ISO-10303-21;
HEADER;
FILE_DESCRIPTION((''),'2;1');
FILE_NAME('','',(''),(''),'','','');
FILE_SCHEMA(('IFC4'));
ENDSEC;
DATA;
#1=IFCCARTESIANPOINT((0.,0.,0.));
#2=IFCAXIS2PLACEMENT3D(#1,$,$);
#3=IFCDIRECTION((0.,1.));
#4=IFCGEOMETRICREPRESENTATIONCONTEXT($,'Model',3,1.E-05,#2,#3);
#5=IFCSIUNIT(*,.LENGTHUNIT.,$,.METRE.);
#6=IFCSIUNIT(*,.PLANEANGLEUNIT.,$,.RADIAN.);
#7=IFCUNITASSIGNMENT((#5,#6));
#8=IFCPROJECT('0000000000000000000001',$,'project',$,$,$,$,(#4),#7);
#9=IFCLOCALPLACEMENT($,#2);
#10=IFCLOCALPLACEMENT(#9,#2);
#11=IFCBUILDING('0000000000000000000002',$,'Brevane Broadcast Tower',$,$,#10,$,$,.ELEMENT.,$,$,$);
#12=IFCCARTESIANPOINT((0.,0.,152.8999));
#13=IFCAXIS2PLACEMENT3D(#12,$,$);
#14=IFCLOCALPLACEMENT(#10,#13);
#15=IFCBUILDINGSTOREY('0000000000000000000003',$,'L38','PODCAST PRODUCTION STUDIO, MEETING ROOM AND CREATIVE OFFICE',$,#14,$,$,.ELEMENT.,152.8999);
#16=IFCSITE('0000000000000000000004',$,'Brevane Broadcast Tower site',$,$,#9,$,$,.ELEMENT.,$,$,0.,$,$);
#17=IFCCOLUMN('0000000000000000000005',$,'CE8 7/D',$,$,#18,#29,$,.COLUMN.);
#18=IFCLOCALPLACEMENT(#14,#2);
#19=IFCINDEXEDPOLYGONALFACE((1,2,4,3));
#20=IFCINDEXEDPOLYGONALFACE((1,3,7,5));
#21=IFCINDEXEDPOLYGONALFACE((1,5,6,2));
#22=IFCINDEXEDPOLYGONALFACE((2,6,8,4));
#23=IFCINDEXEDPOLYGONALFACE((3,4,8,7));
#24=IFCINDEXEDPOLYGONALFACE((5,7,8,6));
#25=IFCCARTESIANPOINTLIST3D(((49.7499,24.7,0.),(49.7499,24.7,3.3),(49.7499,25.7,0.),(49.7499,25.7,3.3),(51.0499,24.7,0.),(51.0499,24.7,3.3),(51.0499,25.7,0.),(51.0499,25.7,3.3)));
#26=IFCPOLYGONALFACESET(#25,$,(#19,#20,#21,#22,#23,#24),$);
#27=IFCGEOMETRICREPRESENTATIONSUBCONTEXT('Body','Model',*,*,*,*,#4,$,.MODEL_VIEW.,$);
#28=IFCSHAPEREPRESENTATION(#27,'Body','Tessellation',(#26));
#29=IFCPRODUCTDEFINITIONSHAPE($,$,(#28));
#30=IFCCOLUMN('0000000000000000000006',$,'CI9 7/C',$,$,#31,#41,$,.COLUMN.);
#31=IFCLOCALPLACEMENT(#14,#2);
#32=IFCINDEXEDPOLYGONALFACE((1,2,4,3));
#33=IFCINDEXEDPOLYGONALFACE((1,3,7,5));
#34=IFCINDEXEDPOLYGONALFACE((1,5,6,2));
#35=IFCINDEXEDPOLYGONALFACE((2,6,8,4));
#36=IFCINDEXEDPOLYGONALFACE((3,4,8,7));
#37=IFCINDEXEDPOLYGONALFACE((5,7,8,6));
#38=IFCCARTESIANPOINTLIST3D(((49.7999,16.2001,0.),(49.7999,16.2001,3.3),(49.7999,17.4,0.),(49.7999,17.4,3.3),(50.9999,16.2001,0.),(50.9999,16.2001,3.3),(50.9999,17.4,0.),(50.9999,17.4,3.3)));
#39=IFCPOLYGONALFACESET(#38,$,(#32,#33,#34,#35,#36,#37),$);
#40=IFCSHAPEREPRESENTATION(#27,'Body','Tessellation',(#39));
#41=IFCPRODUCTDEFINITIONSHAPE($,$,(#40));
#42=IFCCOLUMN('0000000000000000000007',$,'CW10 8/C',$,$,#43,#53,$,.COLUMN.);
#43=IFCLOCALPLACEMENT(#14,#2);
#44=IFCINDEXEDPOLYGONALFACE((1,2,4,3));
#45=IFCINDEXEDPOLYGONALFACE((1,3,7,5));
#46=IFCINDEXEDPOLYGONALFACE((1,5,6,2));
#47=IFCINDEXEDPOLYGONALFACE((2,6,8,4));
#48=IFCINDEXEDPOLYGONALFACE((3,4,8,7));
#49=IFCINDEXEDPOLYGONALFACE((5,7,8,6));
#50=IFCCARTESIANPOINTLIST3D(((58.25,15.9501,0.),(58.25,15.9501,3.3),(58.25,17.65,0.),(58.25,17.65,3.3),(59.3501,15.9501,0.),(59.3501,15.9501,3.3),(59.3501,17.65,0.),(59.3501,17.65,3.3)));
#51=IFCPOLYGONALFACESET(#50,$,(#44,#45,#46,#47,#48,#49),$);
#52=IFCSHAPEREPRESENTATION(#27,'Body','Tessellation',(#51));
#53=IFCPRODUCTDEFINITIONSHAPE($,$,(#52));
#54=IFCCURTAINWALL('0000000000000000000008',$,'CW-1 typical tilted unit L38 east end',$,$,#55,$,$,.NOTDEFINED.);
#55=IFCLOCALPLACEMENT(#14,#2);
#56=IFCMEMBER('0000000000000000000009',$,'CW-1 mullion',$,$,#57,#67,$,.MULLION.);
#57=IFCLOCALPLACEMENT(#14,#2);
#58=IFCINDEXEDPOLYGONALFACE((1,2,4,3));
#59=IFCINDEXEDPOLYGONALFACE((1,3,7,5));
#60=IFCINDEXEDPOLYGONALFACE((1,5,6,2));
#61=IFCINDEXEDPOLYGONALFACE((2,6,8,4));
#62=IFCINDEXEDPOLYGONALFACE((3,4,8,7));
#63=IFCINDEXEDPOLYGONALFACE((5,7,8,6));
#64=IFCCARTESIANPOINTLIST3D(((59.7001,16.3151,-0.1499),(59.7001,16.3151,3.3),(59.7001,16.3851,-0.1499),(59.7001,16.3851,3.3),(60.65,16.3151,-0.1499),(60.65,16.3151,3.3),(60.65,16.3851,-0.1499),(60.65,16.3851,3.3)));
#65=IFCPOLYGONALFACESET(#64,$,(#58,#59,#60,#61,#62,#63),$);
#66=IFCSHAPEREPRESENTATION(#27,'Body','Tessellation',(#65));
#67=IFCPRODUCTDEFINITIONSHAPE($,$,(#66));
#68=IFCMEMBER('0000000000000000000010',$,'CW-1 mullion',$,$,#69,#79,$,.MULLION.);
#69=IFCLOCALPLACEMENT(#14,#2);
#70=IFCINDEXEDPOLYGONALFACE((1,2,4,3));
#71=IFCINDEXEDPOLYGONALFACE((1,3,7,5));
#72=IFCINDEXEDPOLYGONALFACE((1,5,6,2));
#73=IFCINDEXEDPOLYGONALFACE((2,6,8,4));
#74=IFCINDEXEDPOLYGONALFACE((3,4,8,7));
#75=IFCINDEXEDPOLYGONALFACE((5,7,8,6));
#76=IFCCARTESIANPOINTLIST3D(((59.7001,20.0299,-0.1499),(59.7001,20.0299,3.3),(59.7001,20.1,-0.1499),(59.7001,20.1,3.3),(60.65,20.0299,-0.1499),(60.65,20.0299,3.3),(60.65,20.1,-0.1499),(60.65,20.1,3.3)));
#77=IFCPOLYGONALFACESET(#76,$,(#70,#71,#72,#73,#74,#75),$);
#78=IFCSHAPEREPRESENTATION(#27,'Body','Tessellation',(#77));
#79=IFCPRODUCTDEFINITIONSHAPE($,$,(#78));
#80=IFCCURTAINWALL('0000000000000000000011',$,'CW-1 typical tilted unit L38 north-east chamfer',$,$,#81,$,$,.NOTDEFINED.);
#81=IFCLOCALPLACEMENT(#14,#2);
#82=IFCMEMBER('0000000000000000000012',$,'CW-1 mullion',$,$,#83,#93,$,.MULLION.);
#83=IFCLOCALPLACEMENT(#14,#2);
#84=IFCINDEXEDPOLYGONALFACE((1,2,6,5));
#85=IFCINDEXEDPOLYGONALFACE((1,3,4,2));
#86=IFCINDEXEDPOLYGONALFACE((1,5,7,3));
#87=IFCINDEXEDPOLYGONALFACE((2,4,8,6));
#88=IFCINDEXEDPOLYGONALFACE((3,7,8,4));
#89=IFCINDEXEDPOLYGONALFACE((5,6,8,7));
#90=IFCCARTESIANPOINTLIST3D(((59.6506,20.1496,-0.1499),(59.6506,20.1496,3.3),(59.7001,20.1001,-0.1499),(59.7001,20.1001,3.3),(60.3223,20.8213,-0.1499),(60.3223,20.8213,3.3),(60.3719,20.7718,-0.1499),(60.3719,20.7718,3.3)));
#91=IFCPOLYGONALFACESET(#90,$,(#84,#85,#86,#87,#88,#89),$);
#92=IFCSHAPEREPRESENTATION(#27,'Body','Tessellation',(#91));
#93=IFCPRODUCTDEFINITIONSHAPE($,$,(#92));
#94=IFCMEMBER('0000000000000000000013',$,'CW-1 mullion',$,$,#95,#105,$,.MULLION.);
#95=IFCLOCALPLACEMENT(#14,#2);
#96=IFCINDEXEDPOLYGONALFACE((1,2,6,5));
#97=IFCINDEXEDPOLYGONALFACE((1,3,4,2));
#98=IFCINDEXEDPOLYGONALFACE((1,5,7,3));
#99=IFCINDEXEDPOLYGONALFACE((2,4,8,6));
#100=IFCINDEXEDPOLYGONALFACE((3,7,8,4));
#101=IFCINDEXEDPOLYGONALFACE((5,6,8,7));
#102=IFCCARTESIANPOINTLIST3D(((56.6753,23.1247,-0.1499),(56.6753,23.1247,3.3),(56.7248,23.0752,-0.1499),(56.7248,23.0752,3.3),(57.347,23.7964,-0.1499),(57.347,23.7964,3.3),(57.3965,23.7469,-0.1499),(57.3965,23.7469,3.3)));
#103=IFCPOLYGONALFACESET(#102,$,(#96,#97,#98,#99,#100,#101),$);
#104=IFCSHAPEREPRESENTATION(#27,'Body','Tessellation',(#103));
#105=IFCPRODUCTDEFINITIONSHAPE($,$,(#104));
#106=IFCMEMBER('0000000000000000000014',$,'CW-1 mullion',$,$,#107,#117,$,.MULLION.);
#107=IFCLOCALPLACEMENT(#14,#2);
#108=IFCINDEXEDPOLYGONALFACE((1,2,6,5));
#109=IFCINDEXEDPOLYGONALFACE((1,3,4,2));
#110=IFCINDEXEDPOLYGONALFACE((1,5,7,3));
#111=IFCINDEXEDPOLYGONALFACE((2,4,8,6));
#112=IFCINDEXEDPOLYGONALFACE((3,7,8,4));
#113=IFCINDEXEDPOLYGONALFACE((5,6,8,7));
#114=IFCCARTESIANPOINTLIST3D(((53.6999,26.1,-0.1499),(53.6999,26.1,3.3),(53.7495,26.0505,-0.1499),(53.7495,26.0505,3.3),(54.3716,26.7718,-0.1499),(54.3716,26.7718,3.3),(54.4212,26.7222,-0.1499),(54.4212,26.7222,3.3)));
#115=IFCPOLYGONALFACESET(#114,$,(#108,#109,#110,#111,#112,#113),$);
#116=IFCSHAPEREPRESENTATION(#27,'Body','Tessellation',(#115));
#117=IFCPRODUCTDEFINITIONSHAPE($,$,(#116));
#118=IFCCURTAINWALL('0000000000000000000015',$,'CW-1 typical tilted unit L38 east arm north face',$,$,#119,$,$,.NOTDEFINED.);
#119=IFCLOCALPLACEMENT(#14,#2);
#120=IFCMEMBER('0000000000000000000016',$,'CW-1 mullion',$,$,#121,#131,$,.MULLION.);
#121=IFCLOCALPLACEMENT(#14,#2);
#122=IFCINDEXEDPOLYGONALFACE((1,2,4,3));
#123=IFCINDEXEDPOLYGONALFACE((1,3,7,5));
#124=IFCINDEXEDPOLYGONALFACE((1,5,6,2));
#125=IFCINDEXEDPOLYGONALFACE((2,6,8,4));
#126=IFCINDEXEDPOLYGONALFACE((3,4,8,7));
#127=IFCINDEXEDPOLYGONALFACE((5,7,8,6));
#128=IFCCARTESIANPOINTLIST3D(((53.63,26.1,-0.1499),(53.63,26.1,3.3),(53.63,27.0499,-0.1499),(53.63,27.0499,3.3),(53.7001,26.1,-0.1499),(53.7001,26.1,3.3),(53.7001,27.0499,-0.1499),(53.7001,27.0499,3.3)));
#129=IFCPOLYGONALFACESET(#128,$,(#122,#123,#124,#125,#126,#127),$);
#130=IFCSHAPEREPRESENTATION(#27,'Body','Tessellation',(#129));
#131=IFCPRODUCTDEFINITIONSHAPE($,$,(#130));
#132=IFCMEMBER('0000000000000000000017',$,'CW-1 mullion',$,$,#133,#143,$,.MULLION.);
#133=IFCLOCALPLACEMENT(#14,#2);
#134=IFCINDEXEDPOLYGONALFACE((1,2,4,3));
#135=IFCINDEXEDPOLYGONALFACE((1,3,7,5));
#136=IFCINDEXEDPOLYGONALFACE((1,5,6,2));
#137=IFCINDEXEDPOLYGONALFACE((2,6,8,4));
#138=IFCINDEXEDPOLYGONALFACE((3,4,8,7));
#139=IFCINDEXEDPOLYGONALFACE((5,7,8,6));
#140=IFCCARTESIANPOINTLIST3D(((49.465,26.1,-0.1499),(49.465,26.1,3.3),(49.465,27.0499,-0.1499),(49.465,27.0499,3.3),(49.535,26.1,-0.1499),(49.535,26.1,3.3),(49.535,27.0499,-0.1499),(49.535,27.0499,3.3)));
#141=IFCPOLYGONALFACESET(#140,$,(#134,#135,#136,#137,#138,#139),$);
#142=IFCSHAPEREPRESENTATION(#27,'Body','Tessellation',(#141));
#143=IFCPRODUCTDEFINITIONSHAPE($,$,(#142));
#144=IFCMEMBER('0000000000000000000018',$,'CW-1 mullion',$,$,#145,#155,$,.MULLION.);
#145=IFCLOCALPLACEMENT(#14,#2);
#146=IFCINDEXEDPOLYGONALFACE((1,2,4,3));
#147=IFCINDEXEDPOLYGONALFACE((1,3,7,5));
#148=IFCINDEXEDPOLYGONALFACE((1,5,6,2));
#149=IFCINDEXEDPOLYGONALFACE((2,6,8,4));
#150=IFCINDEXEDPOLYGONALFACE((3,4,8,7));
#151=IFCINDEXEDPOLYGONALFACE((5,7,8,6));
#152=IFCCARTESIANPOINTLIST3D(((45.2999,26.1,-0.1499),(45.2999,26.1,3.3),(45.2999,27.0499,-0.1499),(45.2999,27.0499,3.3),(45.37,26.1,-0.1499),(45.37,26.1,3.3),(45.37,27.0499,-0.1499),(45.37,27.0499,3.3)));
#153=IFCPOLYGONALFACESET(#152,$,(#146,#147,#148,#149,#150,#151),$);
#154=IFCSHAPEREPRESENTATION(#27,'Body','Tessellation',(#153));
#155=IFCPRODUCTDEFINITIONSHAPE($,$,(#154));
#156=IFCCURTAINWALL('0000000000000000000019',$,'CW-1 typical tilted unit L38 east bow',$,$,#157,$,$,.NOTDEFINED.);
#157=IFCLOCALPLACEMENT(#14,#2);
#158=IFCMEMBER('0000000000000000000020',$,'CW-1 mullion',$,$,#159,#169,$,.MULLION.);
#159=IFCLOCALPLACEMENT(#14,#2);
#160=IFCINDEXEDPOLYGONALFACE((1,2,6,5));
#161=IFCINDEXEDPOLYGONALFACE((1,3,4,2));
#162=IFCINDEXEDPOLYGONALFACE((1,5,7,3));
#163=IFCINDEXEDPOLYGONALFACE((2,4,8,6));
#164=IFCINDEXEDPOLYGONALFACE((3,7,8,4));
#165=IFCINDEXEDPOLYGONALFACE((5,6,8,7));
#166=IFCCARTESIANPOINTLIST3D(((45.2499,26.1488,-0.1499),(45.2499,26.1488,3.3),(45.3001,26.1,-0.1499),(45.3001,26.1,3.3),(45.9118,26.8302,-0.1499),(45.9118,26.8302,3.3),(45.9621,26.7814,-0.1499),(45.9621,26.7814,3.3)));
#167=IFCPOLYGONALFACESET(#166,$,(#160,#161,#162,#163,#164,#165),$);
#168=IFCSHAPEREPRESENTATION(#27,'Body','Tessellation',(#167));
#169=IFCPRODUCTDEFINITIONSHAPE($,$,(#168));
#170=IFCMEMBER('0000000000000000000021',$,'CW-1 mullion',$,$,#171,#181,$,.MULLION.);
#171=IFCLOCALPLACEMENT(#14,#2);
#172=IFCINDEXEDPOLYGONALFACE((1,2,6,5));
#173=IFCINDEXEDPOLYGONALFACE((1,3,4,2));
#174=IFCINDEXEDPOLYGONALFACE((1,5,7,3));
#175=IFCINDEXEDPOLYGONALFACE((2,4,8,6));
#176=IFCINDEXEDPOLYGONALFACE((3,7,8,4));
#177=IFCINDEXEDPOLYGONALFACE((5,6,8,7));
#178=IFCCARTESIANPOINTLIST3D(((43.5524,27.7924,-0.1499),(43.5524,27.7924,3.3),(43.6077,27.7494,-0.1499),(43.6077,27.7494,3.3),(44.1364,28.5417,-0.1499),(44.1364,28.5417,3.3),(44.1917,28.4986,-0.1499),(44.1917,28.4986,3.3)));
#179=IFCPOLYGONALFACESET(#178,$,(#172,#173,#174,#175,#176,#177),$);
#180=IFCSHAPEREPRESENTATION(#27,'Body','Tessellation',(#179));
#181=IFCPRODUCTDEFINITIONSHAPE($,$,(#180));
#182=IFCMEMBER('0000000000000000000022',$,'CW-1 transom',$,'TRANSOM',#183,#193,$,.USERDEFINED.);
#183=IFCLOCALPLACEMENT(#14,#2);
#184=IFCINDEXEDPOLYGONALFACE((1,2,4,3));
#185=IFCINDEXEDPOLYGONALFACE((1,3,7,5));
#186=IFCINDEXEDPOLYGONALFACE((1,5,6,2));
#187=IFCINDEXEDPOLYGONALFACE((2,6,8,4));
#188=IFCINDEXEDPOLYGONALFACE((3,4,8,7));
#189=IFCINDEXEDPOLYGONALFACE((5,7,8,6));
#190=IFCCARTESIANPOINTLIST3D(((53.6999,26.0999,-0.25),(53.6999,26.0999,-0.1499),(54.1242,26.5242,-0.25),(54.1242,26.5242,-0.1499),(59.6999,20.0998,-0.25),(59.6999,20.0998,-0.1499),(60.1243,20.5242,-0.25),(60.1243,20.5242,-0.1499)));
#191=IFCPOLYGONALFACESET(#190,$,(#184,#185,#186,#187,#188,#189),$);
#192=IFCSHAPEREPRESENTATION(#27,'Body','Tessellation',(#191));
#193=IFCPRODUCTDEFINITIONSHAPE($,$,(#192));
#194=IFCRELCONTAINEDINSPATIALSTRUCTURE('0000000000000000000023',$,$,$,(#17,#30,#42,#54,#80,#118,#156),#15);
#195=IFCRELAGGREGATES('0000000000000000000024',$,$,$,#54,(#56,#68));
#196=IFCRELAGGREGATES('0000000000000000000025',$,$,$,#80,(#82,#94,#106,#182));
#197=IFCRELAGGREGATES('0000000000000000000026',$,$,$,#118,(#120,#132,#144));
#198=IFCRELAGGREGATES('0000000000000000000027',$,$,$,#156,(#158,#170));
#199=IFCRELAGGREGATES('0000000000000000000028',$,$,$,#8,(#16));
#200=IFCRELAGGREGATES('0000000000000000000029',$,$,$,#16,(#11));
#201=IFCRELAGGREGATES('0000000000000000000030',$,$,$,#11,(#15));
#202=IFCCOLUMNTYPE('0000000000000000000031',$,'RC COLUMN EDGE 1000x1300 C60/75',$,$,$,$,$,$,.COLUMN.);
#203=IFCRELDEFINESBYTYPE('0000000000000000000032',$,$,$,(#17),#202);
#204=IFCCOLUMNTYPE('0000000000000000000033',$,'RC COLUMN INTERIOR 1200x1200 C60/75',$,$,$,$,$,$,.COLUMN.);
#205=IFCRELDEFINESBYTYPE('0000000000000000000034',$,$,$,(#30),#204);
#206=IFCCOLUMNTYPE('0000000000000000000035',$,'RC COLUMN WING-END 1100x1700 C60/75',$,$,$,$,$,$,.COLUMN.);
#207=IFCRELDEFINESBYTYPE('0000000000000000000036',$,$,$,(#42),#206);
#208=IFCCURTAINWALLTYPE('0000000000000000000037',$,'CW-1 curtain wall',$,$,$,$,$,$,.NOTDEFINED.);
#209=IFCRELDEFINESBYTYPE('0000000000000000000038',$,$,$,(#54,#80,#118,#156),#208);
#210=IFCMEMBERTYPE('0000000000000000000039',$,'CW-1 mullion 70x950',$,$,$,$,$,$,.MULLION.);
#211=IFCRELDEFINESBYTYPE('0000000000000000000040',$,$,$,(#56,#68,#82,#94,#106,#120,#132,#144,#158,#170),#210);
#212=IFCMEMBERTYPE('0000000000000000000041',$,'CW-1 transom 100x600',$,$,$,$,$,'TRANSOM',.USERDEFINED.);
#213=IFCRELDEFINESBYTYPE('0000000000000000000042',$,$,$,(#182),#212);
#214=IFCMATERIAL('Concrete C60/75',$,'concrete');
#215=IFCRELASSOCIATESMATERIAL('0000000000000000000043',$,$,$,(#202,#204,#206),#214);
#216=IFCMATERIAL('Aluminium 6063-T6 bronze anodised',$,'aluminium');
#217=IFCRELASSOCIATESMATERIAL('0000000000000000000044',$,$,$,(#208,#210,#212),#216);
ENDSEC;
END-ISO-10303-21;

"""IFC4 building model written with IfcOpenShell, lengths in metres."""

from ifc_helpers import new_model, si_unit, direction, frame, origin, origin_2d, place, context, subcontext, project, spatial, rectangle, extrude, material, material_profile, profile_set, type_object, element, aggregate, save


model = new_model("IFC4")

# Units and contexts
model_context = context("Model", 3, precision=1e-05, world=origin(), true_north=direction((0.0, 1.0)))
body_context = subcontext(model_context, "Body", "Model", "MODEL_VIEW")
ifc_project = project(units=[si_unit("LENGTHUNIT", "METRE"), si_unit("PLANEANGLEUNIT", "RADIAN")], contexts=[model_context])

# Site, building, storey
site_placement = place(None, origin())
site = spatial("IfcSite", under=ifc_project, at=site_placement, Name="Brevane Broadcast Tower site", CompositionType="ELEMENT", RefElevation=0.0)
building_placement = place(site_placement, origin())
building = spatial("IfcBuilding", under=site, at=building_placement, Name="Brevane Broadcast Tower", CompositionType="ELEMENT")
storey_placement = place(building_placement, frame((0.0, 0.0, 152.8999)))
storey = spatial("IfcBuildingStorey", under=building, at=storey_placement, Name="L38", Description="PODCAST PRODUCTION STUDIO, MEETING ROOM AND CREATIVE OFFICE", CompositionType="ELEMENT", Elevation=152.8999)

# Columns
ifc_material_1 = material(Name="Concrete C60/75", Category="concrete")
ifc_material_profile_1 = material_profile(ifc_material_1, rectangle(XDim=1.0, YDim=1.3, at=origin_2d()), Name="RC 1000x1300")
ifc_profile_set_1 = profile_set([ifc_material_profile_1], Name="Concrete C60/75")
column_type_1 = type_object("IfcColumnType", Name="RC COLUMN EDGE 1000x1300 C60/75", PredefinedType="COLUMN", material=ifc_profile_set_1)
column_1_placement = place(storey_placement, frame((50.3999, 25.2, 0.0), z_axis=(0.0, 0.0, 1.0), x_axis=(0.0, 1.0, 0.0)))
element("IfcColumn", 1, at=column_1_placement, inside=storey, type_object=column_type_1, Name="CE8 7/D", PredefinedType="COLUMN", context=body_context, shape_type="SweptSolid", body=[
    extrude(rectangle(XDim=1.0, YDim=1.3, at=origin_2d()), origin(), (0.0, 0.0, 1.0), 3.3),
])
ifc_material_profile_2 = material_profile(ifc_material_1, rectangle(XDim=1.2, YDim=1.2, at=origin_2d()), Name="RC 1200x1200")
ifc_profile_set_2 = profile_set([ifc_material_profile_2], Name="Concrete C60/75")
column_type_2 = type_object("IfcColumnType", Name="RC COLUMN INTERIOR 1200x1200 C60/75", PredefinedType="COLUMN", material=ifc_profile_set_2)
column_2_placement = place(storey_placement, frame((50.3999, 16.8, 0.0), z_axis=(0.0, 0.0, 1.0), x_axis=(1.0, 0.0, 0.0)))
element("IfcColumn", 2, at=column_2_placement, inside=storey, type_object=column_type_2, Name="CI9 7/C", PredefinedType="COLUMN", context=body_context, shape_type="SweptSolid", body=[
    extrude(rectangle(XDim=1.2, YDim=1.2, at=origin_2d()), origin(), (0.0, 0.0, 1.0), 3.3),
])
ifc_material_profile_3 = material_profile(ifc_material_1, rectangle(XDim=1.1001, YDim=1.7, at=origin_2d()), Name="RC 1100x1700")
ifc_profile_set_3 = profile_set([ifc_material_profile_3], Name="Concrete C60/75")
column_type_3 = type_object("IfcColumnType", Name="RC COLUMN WING-END 1100x1700 C60/75", PredefinedType="COLUMN", material=ifc_profile_set_3)
column_3_placement = place(storey_placement, frame((58.8, 16.8, 0.0), z_axis=(0.0, 0.0, 1.0), x_axis=(1.0, 0.0, 0.0)))
element("IfcColumn", 3, at=column_3_placement, inside=storey, type_object=column_type_3, Name="CW10 8/C", PredefinedType="COLUMN", context=body_context, shape_type="SweptSolid", body=[
    extrude(rectangle(XDim=1.1001, YDim=1.7, at=origin_2d()), origin(), (0.0, 0.0, 1.0), 3.3),
])

# Curtain walls, members
ifc_material_2 = material(Name="Aluminium 6063-T6 bronze anodised", Category="aluminium")
curtain_wall_type = type_object("IfcCurtainWallType", Name="CW-1 curtain wall", PredefinedType="NOTDEFINED", material=ifc_material_2)
curtain_wall_1_placement = place(storey_placement, origin())
curtain_wall_1 = element("IfcCurtainWall", 4, at=curtain_wall_1_placement, inside=storey, type_object=curtain_wall_type, Name="CW-1 typical tilted unit L38 east end", PredefinedType="NOTDEFINED")
ifc_material_profile_4 = material_profile(ifc_material_2, rectangle(XDim=0.95, YDim=0.0701, at=origin_2d()), Name="RECT 70x950")
ifc_profile_set_4 = profile_set([ifc_material_profile_4], Name="Aluminium 6063-T6 bronze anodised")
member_type_1 = type_object("IfcMemberType", Name="CW-1 mullion 70x950", PredefinedType="MULLION", material=ifc_profile_set_4)
member_1_placement = place(storey_placement, frame((60.175, 16.3501, -0.1499), z_axis=(0.0, 0.0, 1.0), x_axis=(-1.0, 0.0, 0.0)))
member_1 = element("IfcMember", 5, at=member_1_placement, type_object=member_type_1, Name="CW-1 mullion", PredefinedType="MULLION", context=body_context, shape_type="SweptSolid", body=[
    extrude(rectangle(XDim=0.95, YDim=0.0701, at=origin_2d()), origin(), (0.0, 0.0, 1.0), 3.45),
])
member_2_placement = place(storey_placement, frame((60.175, 20.0649, -0.1499), z_axis=(0.0, 0.0, 1.0), x_axis=(-1.0, 0.0, 0.0)))
member_2 = element("IfcMember", 6, at=member_2_placement, type_object=member_type_1, Name="CW-1 mullion", PredefinedType="MULLION", context=body_context, shape_type="SweptSolid", body=[
    extrude(rectangle(XDim=0.95, YDim=0.0701, at=origin_2d()), origin(), (0.0, 0.0, 1.0), 3.45),
])
aggregate(curtain_wall_1, [member_1, member_2])
curtain_wall_2_placement = place(storey_placement, origin())
curtain_wall_2 = element("IfcCurtainWall", 7, at=curtain_wall_2_placement, inside=storey, type_object=curtain_wall_type, Name="CW-1 typical tilted unit L38 north-east chamfer", PredefinedType="NOTDEFINED")
member_3_placement = place(storey_placement, frame((60.0112, 20.4607, -0.1499), z_axis=(0.0, 0.0, 1.0), x_axis=(-0.707107, -0.707107, 0.0)))
member_3 = element("IfcMember", 8, at=member_3_placement, type_object=member_type_1, Name="CW-1 mullion", PredefinedType="MULLION", context=body_context, shape_type="SweptSolid", body=[
    extrude(rectangle(XDim=0.95, YDim=0.0701, at=origin_2d()), origin(), (0.0, 0.0, 1.0), 3.45),
])
member_4_placement = place(storey_placement, frame((57.0359, 23.4358, -0.1499), z_axis=(0.0, 0.0, 1.0), x_axis=(-0.707107, -0.707107, 0.0)))
member_4 = element("IfcMember", 9, at=member_4_placement, type_object=member_type_1, Name="CW-1 mullion", PredefinedType="MULLION", context=body_context, shape_type="SweptSolid", body=[
    extrude(rectangle(XDim=0.95, YDim=0.0701, at=origin_2d()), origin(), (0.0, 0.0, 1.0), 3.45),
])
member_5_placement = place(storey_placement, frame((54.0605, 26.4111, -0.1499), z_axis=(0.0, 0.0, 1.0), x_axis=(-0.707107, -0.707107, 0.0)))
member_5 = element("IfcMember", 10, at=member_5_placement, type_object=member_type_1, Name="CW-1 mullion", PredefinedType="MULLION", context=body_context, shape_type="SweptSolid", body=[
    extrude(rectangle(XDim=0.95, YDim=0.0701, at=origin_2d()), origin(), (0.0, 0.0, 1.0), 3.45),
])
curtain_wall_3_placement = place(storey_placement, origin())
curtain_wall_3 = element("IfcCurtainWall", 11, at=curtain_wall_3_placement, inside=storey, type_object=curtain_wall_type, Name="CW-1 typical tilted unit L38 east arm north face", PredefinedType="NOTDEFINED")
member_6_placement = place(storey_placement, frame((53.665, 26.575, -0.1499), z_axis=(0.0, 0.0, 1.0), x_axis=(0.0, -1.0, 0.0)))
member_6 = element("IfcMember", 12, at=member_6_placement, type_object=member_type_1, Name="CW-1 mullion", PredefinedType="MULLION", context=body_context, shape_type="SweptSolid", body=[
    extrude(rectangle(XDim=0.95, YDim=0.0701, at=origin_2d()), origin(), (0.0, 0.0, 1.0), 3.45),
])
member_7_placement = place(storey_placement, frame((49.5, 26.575, -0.1499), z_axis=(0.0, 0.0, 1.0), x_axis=(0.0, -1.0, 0.0)))
member_7 = element("IfcMember", 13, at=member_7_placement, type_object=member_type_1, Name="CW-1 mullion", PredefinedType="MULLION", context=body_context, shape_type="SweptSolid", body=[
    extrude(rectangle(XDim=0.95, YDim=0.0701, at=origin_2d()), origin(), (0.0, 0.0, 1.0), 3.45),
])
member_8_placement = place(storey_placement, frame((45.335, 26.575, -0.1499), z_axis=(0.0, 0.0, 1.0), x_axis=(0.0, -1.0, 0.0)))
member_8 = element("IfcMember", 14, at=member_8_placement, type_object=member_type_1, Name="CW-1 mullion", PredefinedType="MULLION", context=body_context, shape_type="SweptSolid", body=[
    extrude(rectangle(XDim=0.95, YDim=0.0701, at=origin_2d()), origin(), (0.0, 0.0, 1.0), 3.45),
])
curtain_wall_4_placement = place(storey_placement, origin())
curtain_wall_4 = element("IfcCurtainWall", 15, at=curtain_wall_4_placement, inside=storey, type_object=curtain_wall_type, Name="CW-1 typical tilted unit L38 east bow", PredefinedType="NOTDEFINED")
member_9_placement = place(storey_placement, frame((45.606, 26.4651, -0.1499), z_axis=(0.0, 0.0, 1.0), x_axis=(-0.696812, -0.717254, 0.0)))
member_9 = element("IfcMember", 16, at=member_9_placement, type_object=member_type_1, Name="CW-1 mullion", PredefinedType="MULLION", context=body_context, shape_type="SweptSolid", body=[
    extrude(rectangle(XDim=0.95, YDim=0.0701, at=origin_2d()), origin(), (0.0, 0.0, 1.0), 3.45),
])
member_10_placement = place(storey_placement, frame((43.8721, 28.1455, -0.1499), z_axis=(0.0, 0.0, 1.0), x_axis=(-0.61477, -0.788707, 0.0)))
member_10 = element("IfcMember", 17, at=member_10_placement, type_object=member_type_1, Name="CW-1 mullion", PredefinedType="MULLION", context=body_context, shape_type="SweptSolid", body=[
    extrude(rectangle(XDim=0.95, YDim=0.0701, at=origin_2d()), origin(), (0.0, 0.0, 1.0), 3.45),
])

# Member
ifc_material_profile_5 = material_profile(ifc_material_2, rectangle(XDim=0.6001, YDim=0.1001, at=origin_2d()), Name="RECT 100x600")
ifc_profile_set_5 = profile_set([ifc_material_profile_5], Name="Aluminium 6063-T6 bronze anodised")
member_type_2 = type_object("IfcMemberType", Name="CW-1 transom 100x600", ElementType="TRANSOM", PredefinedType="USERDEFINED", material=ifc_profile_set_5)
member_11_placement = place(storey_placement, frame((59.9121, 20.312, -0.2), z_axis=(-0.707107, 0.707107, 0.0), x_axis=(-0.707107, -0.707107, 0.0)))
member_11 = element("IfcMember", 18, at=member_11_placement, type_object=member_type_2, Name="CW-1 transom", ObjectType="TRANSOM", PredefinedType="USERDEFINED", context=body_context, shape_type="SweptSolid", body=[
    extrude(rectangle(XDim=0.6001, YDim=0.1001, at=origin_2d()), origin(), (0.0, 0.0, 1.0), 8.4854),
])
aggregate(curtain_wall_2, [member_3, member_4, member_5, member_11])
aggregate(curtain_wall_3, [member_6, member_7, member_8])
aggregate(curtain_wall_4, [member_9, member_10])

save(model, "model.ifc")
